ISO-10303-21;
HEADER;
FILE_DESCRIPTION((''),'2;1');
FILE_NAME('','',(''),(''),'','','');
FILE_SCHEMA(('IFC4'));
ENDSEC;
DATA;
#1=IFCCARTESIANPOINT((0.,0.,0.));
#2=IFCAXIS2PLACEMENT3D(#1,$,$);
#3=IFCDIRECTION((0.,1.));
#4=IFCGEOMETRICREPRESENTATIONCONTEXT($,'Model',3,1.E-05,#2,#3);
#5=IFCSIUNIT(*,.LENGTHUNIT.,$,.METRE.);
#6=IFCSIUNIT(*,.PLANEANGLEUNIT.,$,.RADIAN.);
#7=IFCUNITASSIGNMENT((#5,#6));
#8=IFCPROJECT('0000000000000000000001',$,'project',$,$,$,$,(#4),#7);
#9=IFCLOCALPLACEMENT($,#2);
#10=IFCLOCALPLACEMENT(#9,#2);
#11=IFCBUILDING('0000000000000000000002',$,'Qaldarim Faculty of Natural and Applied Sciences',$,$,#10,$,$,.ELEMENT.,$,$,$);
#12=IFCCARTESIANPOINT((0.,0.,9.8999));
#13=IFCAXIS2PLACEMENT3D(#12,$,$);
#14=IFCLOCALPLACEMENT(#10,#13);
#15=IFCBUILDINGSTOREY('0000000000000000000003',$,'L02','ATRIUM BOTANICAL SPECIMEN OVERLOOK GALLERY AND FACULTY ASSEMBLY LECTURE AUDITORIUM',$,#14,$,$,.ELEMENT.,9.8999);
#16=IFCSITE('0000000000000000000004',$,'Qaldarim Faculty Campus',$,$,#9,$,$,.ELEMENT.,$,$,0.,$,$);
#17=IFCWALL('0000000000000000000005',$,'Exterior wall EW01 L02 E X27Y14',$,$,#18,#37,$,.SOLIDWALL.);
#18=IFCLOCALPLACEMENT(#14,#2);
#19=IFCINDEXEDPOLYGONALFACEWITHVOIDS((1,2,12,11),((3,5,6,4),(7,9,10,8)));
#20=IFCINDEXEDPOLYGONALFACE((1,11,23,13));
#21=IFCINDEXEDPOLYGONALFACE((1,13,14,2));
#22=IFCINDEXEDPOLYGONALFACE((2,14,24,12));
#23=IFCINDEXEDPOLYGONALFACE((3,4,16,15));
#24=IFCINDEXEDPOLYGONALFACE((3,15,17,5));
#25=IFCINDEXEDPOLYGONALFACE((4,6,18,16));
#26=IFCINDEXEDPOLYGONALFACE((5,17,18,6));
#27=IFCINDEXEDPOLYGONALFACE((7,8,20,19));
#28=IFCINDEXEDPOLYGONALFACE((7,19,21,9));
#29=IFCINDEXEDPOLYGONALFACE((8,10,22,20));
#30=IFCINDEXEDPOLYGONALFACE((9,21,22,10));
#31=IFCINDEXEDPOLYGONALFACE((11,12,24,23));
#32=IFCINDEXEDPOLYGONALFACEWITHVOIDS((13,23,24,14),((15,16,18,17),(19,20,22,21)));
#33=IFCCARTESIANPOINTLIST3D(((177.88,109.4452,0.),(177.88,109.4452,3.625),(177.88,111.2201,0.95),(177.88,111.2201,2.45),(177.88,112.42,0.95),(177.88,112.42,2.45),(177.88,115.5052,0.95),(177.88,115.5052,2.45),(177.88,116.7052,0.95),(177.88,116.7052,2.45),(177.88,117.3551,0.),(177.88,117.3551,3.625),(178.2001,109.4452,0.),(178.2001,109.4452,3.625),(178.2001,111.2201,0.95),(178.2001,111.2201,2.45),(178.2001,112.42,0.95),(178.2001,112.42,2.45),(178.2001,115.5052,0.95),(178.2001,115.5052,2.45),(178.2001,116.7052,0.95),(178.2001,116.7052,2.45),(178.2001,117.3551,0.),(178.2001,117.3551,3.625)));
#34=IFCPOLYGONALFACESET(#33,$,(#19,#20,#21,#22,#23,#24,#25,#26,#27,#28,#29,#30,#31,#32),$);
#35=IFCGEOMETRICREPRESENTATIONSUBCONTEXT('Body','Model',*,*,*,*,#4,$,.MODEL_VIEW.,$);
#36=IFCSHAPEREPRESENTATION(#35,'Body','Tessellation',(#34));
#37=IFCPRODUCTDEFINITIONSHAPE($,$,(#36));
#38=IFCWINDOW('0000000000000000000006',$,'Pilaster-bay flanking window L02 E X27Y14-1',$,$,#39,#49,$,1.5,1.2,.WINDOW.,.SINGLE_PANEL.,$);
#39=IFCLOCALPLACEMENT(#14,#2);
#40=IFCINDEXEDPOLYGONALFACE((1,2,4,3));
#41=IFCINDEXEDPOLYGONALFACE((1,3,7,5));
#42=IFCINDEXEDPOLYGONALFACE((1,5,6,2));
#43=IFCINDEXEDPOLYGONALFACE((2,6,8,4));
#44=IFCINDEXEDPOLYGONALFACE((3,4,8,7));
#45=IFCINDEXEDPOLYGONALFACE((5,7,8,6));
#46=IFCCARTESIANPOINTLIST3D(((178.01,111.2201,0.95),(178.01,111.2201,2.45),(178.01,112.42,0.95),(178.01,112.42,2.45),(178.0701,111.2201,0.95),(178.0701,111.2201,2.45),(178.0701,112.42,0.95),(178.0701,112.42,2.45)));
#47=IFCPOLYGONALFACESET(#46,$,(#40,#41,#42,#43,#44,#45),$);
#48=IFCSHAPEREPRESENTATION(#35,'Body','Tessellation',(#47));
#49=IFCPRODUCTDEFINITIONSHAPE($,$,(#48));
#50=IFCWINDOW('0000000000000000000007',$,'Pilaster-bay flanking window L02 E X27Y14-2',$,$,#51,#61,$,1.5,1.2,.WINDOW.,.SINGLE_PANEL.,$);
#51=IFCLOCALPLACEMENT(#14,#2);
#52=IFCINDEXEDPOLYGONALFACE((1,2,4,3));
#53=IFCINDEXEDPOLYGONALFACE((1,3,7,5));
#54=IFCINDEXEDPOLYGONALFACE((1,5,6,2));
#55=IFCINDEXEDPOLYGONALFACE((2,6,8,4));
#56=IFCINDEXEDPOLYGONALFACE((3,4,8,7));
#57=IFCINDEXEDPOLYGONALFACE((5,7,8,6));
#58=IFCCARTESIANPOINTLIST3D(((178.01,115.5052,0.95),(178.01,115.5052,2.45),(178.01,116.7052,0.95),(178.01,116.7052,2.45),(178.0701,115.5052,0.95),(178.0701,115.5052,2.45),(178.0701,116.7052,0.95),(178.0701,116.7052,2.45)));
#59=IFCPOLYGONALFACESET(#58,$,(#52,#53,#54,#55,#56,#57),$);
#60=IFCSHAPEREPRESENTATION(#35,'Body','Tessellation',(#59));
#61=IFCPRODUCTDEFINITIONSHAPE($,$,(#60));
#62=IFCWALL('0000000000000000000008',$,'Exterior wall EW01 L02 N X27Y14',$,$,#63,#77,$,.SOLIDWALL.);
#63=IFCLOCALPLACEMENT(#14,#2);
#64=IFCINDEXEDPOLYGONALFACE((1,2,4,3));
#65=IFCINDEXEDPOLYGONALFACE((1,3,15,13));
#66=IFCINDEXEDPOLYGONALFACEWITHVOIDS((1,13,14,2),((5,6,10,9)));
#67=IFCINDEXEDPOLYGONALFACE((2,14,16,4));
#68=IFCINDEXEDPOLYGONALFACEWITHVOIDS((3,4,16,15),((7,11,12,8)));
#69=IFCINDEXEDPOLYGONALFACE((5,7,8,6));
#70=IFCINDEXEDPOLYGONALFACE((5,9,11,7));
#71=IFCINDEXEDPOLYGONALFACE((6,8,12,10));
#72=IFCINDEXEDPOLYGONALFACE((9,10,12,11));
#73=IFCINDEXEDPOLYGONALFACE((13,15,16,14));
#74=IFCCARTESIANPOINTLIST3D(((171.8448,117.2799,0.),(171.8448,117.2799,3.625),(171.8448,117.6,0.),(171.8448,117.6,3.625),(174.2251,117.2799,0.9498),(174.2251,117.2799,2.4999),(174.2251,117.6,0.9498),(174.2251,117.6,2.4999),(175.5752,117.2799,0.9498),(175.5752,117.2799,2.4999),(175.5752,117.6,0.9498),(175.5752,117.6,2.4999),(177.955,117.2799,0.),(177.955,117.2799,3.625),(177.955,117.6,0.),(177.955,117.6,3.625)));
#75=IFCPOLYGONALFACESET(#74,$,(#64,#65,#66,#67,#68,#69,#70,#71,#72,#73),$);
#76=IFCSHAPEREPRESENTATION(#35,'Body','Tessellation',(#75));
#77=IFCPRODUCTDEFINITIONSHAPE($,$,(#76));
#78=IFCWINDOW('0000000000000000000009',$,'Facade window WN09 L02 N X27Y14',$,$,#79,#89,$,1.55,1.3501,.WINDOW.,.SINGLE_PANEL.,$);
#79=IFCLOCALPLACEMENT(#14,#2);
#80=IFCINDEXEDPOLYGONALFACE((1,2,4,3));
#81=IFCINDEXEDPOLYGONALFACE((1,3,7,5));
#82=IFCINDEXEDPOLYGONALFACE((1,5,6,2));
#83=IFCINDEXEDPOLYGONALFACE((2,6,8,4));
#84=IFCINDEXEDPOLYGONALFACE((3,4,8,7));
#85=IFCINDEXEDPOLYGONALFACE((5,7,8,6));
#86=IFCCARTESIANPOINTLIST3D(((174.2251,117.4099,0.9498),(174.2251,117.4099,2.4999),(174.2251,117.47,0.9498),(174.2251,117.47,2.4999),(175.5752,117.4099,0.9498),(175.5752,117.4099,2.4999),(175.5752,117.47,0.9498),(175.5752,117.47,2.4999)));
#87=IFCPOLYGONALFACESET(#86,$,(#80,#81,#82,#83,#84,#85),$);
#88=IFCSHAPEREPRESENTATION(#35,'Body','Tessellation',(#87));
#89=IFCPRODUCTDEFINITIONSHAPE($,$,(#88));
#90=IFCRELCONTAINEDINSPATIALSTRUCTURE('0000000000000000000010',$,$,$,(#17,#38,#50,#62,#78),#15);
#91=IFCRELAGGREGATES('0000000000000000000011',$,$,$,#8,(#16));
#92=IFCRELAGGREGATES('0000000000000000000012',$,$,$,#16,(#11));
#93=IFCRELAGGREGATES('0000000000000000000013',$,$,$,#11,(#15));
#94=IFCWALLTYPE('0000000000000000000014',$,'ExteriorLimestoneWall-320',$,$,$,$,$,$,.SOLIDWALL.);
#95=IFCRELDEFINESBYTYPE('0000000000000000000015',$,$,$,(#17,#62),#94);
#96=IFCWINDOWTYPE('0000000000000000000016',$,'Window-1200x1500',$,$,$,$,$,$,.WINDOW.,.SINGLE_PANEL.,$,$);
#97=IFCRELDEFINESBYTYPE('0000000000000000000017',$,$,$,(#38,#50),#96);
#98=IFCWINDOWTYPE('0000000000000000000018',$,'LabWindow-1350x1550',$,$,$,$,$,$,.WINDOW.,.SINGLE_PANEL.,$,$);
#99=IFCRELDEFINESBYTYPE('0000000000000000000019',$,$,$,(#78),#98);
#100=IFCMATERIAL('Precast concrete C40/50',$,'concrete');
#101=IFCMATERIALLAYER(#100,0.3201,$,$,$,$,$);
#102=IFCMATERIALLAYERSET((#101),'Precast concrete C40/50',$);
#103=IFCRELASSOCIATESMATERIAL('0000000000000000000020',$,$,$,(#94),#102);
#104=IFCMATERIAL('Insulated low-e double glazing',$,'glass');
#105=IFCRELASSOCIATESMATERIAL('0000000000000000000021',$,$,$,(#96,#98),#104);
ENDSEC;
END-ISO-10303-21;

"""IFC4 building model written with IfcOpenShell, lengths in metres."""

from ifc_helpers import new_model, si_unit, direction, frame, frame_2d, origin, place, context, subcontext, project, spatial, rectangle, extrude, material, layer, layer_set, type_object, element, fill, save


model = new_model("IFC4")

# Units and contexts
model_context = context("Model", 3, precision=1e-05, world=origin(), true_north=direction((0.0, 1.0)))
body_context = subcontext(model_context, "Body", "Model", "MODEL_VIEW")
ifc_project = project(units=[si_unit("LENGTHUNIT", "METRE"), si_unit("PLANEANGLEUNIT", "RADIAN")], contexts=[model_context])

# Site, building, storey
site_placement = place(None, origin())
site = spatial("IfcSite", under=ifc_project, at=site_placement, Name="Qaldarim Faculty Campus", CompositionType="ELEMENT", RefElevation=0.0)
building_placement = place(site_placement, origin())
building = spatial("IfcBuilding", under=site, at=building_placement, Name="Qaldarim Faculty of Natural and Applied Sciences", CompositionType="ELEMENT")
storey_placement = place(building_placement, frame((0.0, 0.0, 9.8999)))
storey = spatial("IfcBuildingStorey", under=building, at=storey_placement, Name="L02", Description="ATRIUM BOTANICAL SPECIMEN OVERLOOK GALLERY AND FACULTY ASSEMBLY LECTURE AUDITORIUM", CompositionType="ELEMENT", Elevation=9.8999)

# Shared definitions
ifc_material_1 = material(Name="Precast concrete C40/50", Category="concrete")

# Shared definitions
ifc_layer_1 = layer(ifc_material_1, 0.3201)
ifc_layer_set_1 = layer_set([ifc_layer_1], Name="Precast concrete C40/50")
wall_type = type_object("IfcWallType", Name="ExteriorLimestoneWall-320", PredefinedType="SOLIDWALL", material=ifc_layer_set_1)
ifc_material_2 = material(Name="Insulated low-e double glazing", Category="glass")

# Wall, openings, windows
wall_1_placement = place(storey_placement, frame((178.04, 109.4451, 0.0), z_axis=(0.0, 0.0, 1.0), x_axis=(0.0, 1.0, 0.0)))
wall_1 = element("IfcWall", 1, at=wall_1_placement, inside=storey, type_object=wall_type, Name="Exterior wall EW01 L02 E X27Y14", PredefinedType="SOLIDWALL", context=body_context, shape_type="SweptSolid", body=[
    extrude(rectangle(XDim=7.9099, YDim=0.3201, at=frame_2d((3.9551, 0.0))), origin(), (0.0, 0.0, 1.0), 3.625),
])
opening_1_placement = place(wall_1_placement, frame((1.7749, 0.0, 0.95)))
opening_1 = element("IfcOpeningElement", 2, at=opening_1_placement, cuts=wall_1, PredefinedType="OPENING", context=body_context, shape_type="SweptSolid", body=[
    extrude(rectangle(XDim=1.2, YDim=1.5, at=frame_2d((0.6001, 0.75))), frame((0.0, 0.1699, 0.0), z_axis=(0.0, -1.0, 0.0), x_axis=(1.0, 0.0, 0.0)), (0.0, 0.0, 1.0), 0.3401),
])
opening_2_placement = place(wall_1_placement, frame((6.0601, 0.0, 0.95)))
opening_2 = element("IfcOpeningElement", 3, at=opening_2_placement, cuts=wall_1, PredefinedType="OPENING", context=body_context, shape_type="SweptSolid", body=[
    extrude(rectangle(XDim=1.2, YDim=1.5, at=frame_2d((0.6001, 0.75))), frame((0.0, 0.1699, 0.0), z_axis=(0.0, -1.0, 0.0), x_axis=(1.0, 0.0, 0.0)), (0.0, 0.0, 1.0), 0.3401),
])
window_type_1 = type_object("IfcWindowType", Name="Window-1200x1500", PartitioningType="SINGLE_PANEL", PredefinedType="WINDOW", material=ifc_material_2)
window_1_placement = place(opening_1_placement, origin())
window_1 = element("IfcWindow", 4, at=window_1_placement, inside=storey, type_object=window_type_1, Name="Pilaster-bay flanking window L02 E X27Y14-1", OverallHeight=1.5, OverallWidth=1.2, PartitioningType="SINGLE_PANEL", PredefinedType="WINDOW", context=body_context, shape_type="SweptSolid", body=[
    extrude(rectangle(XDim=1.2, YDim=1.5, at=frame_2d((0.6001, 0.75))), frame((0.0, 0.03, 0.0), z_axis=(0.0, -1.0, 0.0), x_axis=(1.0, 0.0, 0.0)), (0.0, 0.0, 1.0), 0.0601),
])
fill(opening_1, window_1)
window_2_placement = place(opening_2_placement, origin())
window_2 = element("IfcWindow", 5, at=window_2_placement, inside=storey, type_object=window_type_1, Name="Pilaster-bay flanking window L02 E X27Y14-2", OverallHeight=1.5, OverallWidth=1.2, PartitioningType="SINGLE_PANEL", PredefinedType="WINDOW", context=body_context, shape_type="SweptSolid", body=[
    extrude(rectangle(XDim=1.2, YDim=1.5, at=frame_2d((0.6001, 0.75))), frame((0.0, 0.03, 0.0), z_axis=(0.0, -1.0, 0.0), x_axis=(1.0, 0.0, 0.0)), (0.0, 0.0, 1.0), 0.0601),
])
fill(opening_2, window_2)

# Wall, opening, window
wall_2_placement = place(storey_placement, frame((177.9551, 117.4399, 0.0), z_axis=(0.0, 0.0, 1.0), x_axis=(-1.0, 0.0, 0.0)))
wall_2 = element("IfcWall", 6, at=wall_2_placement, inside=storey, type_object=wall_type, Name="Exterior wall EW01 L02 N X27Y14", PredefinedType="SOLIDWALL", context=body_context, shape_type="SweptSolid", body=[
    extrude(rectangle(XDim=6.1101, YDim=0.3201, at=frame_2d((3.0552, 0.0))), origin(), (0.0, 0.0, 1.0), 3.625),
])
opening_3_placement = place(wall_2_placement, frame((2.3799, 0.0, 0.95)))
opening_3 = element("IfcOpeningElement", 7, at=opening_3_placement, cuts=wall_2, PredefinedType="OPENING", context=body_context, shape_type="SweptSolid", body=[
    extrude(rectangle(XDim=1.3501, YDim=1.55, at=frame_2d((0.675, 0.7749))), frame((0.0, 0.1699, 0.0), z_axis=(0.0, -1.0, 0.0), x_axis=(1.0, 0.0, 0.0)), (0.0, 0.0, 1.0), 0.3401),
])
window_type_2 = type_object("IfcWindowType", Name="LabWindow-1350x1550", PartitioningType="SINGLE_PANEL", PredefinedType="WINDOW", material=ifc_material_2)
window_3_placement = place(opening_3_placement, origin())
window_3 = element("IfcWindow", 8, at=window_3_placement, inside=storey, type_object=window_type_2, Name="Facade window WN09 L02 N X27Y14", OverallHeight=1.55, OverallWidth=1.3501, PartitioningType="SINGLE_PANEL", PredefinedType="WINDOW", context=body_context, shape_type="SweptSolid", body=[
    extrude(rectangle(XDim=1.3501, YDim=1.55, at=frame_2d((0.675, 0.7749))), frame((0.0, 0.03, 0.0), z_axis=(0.0, -1.0, 0.0), x_axis=(1.0, 0.0, 0.0)), (0.0, 0.0, 1.0), 0.0601),
])
fill(opening_3, window_3)

save(model, "model.ifc")
